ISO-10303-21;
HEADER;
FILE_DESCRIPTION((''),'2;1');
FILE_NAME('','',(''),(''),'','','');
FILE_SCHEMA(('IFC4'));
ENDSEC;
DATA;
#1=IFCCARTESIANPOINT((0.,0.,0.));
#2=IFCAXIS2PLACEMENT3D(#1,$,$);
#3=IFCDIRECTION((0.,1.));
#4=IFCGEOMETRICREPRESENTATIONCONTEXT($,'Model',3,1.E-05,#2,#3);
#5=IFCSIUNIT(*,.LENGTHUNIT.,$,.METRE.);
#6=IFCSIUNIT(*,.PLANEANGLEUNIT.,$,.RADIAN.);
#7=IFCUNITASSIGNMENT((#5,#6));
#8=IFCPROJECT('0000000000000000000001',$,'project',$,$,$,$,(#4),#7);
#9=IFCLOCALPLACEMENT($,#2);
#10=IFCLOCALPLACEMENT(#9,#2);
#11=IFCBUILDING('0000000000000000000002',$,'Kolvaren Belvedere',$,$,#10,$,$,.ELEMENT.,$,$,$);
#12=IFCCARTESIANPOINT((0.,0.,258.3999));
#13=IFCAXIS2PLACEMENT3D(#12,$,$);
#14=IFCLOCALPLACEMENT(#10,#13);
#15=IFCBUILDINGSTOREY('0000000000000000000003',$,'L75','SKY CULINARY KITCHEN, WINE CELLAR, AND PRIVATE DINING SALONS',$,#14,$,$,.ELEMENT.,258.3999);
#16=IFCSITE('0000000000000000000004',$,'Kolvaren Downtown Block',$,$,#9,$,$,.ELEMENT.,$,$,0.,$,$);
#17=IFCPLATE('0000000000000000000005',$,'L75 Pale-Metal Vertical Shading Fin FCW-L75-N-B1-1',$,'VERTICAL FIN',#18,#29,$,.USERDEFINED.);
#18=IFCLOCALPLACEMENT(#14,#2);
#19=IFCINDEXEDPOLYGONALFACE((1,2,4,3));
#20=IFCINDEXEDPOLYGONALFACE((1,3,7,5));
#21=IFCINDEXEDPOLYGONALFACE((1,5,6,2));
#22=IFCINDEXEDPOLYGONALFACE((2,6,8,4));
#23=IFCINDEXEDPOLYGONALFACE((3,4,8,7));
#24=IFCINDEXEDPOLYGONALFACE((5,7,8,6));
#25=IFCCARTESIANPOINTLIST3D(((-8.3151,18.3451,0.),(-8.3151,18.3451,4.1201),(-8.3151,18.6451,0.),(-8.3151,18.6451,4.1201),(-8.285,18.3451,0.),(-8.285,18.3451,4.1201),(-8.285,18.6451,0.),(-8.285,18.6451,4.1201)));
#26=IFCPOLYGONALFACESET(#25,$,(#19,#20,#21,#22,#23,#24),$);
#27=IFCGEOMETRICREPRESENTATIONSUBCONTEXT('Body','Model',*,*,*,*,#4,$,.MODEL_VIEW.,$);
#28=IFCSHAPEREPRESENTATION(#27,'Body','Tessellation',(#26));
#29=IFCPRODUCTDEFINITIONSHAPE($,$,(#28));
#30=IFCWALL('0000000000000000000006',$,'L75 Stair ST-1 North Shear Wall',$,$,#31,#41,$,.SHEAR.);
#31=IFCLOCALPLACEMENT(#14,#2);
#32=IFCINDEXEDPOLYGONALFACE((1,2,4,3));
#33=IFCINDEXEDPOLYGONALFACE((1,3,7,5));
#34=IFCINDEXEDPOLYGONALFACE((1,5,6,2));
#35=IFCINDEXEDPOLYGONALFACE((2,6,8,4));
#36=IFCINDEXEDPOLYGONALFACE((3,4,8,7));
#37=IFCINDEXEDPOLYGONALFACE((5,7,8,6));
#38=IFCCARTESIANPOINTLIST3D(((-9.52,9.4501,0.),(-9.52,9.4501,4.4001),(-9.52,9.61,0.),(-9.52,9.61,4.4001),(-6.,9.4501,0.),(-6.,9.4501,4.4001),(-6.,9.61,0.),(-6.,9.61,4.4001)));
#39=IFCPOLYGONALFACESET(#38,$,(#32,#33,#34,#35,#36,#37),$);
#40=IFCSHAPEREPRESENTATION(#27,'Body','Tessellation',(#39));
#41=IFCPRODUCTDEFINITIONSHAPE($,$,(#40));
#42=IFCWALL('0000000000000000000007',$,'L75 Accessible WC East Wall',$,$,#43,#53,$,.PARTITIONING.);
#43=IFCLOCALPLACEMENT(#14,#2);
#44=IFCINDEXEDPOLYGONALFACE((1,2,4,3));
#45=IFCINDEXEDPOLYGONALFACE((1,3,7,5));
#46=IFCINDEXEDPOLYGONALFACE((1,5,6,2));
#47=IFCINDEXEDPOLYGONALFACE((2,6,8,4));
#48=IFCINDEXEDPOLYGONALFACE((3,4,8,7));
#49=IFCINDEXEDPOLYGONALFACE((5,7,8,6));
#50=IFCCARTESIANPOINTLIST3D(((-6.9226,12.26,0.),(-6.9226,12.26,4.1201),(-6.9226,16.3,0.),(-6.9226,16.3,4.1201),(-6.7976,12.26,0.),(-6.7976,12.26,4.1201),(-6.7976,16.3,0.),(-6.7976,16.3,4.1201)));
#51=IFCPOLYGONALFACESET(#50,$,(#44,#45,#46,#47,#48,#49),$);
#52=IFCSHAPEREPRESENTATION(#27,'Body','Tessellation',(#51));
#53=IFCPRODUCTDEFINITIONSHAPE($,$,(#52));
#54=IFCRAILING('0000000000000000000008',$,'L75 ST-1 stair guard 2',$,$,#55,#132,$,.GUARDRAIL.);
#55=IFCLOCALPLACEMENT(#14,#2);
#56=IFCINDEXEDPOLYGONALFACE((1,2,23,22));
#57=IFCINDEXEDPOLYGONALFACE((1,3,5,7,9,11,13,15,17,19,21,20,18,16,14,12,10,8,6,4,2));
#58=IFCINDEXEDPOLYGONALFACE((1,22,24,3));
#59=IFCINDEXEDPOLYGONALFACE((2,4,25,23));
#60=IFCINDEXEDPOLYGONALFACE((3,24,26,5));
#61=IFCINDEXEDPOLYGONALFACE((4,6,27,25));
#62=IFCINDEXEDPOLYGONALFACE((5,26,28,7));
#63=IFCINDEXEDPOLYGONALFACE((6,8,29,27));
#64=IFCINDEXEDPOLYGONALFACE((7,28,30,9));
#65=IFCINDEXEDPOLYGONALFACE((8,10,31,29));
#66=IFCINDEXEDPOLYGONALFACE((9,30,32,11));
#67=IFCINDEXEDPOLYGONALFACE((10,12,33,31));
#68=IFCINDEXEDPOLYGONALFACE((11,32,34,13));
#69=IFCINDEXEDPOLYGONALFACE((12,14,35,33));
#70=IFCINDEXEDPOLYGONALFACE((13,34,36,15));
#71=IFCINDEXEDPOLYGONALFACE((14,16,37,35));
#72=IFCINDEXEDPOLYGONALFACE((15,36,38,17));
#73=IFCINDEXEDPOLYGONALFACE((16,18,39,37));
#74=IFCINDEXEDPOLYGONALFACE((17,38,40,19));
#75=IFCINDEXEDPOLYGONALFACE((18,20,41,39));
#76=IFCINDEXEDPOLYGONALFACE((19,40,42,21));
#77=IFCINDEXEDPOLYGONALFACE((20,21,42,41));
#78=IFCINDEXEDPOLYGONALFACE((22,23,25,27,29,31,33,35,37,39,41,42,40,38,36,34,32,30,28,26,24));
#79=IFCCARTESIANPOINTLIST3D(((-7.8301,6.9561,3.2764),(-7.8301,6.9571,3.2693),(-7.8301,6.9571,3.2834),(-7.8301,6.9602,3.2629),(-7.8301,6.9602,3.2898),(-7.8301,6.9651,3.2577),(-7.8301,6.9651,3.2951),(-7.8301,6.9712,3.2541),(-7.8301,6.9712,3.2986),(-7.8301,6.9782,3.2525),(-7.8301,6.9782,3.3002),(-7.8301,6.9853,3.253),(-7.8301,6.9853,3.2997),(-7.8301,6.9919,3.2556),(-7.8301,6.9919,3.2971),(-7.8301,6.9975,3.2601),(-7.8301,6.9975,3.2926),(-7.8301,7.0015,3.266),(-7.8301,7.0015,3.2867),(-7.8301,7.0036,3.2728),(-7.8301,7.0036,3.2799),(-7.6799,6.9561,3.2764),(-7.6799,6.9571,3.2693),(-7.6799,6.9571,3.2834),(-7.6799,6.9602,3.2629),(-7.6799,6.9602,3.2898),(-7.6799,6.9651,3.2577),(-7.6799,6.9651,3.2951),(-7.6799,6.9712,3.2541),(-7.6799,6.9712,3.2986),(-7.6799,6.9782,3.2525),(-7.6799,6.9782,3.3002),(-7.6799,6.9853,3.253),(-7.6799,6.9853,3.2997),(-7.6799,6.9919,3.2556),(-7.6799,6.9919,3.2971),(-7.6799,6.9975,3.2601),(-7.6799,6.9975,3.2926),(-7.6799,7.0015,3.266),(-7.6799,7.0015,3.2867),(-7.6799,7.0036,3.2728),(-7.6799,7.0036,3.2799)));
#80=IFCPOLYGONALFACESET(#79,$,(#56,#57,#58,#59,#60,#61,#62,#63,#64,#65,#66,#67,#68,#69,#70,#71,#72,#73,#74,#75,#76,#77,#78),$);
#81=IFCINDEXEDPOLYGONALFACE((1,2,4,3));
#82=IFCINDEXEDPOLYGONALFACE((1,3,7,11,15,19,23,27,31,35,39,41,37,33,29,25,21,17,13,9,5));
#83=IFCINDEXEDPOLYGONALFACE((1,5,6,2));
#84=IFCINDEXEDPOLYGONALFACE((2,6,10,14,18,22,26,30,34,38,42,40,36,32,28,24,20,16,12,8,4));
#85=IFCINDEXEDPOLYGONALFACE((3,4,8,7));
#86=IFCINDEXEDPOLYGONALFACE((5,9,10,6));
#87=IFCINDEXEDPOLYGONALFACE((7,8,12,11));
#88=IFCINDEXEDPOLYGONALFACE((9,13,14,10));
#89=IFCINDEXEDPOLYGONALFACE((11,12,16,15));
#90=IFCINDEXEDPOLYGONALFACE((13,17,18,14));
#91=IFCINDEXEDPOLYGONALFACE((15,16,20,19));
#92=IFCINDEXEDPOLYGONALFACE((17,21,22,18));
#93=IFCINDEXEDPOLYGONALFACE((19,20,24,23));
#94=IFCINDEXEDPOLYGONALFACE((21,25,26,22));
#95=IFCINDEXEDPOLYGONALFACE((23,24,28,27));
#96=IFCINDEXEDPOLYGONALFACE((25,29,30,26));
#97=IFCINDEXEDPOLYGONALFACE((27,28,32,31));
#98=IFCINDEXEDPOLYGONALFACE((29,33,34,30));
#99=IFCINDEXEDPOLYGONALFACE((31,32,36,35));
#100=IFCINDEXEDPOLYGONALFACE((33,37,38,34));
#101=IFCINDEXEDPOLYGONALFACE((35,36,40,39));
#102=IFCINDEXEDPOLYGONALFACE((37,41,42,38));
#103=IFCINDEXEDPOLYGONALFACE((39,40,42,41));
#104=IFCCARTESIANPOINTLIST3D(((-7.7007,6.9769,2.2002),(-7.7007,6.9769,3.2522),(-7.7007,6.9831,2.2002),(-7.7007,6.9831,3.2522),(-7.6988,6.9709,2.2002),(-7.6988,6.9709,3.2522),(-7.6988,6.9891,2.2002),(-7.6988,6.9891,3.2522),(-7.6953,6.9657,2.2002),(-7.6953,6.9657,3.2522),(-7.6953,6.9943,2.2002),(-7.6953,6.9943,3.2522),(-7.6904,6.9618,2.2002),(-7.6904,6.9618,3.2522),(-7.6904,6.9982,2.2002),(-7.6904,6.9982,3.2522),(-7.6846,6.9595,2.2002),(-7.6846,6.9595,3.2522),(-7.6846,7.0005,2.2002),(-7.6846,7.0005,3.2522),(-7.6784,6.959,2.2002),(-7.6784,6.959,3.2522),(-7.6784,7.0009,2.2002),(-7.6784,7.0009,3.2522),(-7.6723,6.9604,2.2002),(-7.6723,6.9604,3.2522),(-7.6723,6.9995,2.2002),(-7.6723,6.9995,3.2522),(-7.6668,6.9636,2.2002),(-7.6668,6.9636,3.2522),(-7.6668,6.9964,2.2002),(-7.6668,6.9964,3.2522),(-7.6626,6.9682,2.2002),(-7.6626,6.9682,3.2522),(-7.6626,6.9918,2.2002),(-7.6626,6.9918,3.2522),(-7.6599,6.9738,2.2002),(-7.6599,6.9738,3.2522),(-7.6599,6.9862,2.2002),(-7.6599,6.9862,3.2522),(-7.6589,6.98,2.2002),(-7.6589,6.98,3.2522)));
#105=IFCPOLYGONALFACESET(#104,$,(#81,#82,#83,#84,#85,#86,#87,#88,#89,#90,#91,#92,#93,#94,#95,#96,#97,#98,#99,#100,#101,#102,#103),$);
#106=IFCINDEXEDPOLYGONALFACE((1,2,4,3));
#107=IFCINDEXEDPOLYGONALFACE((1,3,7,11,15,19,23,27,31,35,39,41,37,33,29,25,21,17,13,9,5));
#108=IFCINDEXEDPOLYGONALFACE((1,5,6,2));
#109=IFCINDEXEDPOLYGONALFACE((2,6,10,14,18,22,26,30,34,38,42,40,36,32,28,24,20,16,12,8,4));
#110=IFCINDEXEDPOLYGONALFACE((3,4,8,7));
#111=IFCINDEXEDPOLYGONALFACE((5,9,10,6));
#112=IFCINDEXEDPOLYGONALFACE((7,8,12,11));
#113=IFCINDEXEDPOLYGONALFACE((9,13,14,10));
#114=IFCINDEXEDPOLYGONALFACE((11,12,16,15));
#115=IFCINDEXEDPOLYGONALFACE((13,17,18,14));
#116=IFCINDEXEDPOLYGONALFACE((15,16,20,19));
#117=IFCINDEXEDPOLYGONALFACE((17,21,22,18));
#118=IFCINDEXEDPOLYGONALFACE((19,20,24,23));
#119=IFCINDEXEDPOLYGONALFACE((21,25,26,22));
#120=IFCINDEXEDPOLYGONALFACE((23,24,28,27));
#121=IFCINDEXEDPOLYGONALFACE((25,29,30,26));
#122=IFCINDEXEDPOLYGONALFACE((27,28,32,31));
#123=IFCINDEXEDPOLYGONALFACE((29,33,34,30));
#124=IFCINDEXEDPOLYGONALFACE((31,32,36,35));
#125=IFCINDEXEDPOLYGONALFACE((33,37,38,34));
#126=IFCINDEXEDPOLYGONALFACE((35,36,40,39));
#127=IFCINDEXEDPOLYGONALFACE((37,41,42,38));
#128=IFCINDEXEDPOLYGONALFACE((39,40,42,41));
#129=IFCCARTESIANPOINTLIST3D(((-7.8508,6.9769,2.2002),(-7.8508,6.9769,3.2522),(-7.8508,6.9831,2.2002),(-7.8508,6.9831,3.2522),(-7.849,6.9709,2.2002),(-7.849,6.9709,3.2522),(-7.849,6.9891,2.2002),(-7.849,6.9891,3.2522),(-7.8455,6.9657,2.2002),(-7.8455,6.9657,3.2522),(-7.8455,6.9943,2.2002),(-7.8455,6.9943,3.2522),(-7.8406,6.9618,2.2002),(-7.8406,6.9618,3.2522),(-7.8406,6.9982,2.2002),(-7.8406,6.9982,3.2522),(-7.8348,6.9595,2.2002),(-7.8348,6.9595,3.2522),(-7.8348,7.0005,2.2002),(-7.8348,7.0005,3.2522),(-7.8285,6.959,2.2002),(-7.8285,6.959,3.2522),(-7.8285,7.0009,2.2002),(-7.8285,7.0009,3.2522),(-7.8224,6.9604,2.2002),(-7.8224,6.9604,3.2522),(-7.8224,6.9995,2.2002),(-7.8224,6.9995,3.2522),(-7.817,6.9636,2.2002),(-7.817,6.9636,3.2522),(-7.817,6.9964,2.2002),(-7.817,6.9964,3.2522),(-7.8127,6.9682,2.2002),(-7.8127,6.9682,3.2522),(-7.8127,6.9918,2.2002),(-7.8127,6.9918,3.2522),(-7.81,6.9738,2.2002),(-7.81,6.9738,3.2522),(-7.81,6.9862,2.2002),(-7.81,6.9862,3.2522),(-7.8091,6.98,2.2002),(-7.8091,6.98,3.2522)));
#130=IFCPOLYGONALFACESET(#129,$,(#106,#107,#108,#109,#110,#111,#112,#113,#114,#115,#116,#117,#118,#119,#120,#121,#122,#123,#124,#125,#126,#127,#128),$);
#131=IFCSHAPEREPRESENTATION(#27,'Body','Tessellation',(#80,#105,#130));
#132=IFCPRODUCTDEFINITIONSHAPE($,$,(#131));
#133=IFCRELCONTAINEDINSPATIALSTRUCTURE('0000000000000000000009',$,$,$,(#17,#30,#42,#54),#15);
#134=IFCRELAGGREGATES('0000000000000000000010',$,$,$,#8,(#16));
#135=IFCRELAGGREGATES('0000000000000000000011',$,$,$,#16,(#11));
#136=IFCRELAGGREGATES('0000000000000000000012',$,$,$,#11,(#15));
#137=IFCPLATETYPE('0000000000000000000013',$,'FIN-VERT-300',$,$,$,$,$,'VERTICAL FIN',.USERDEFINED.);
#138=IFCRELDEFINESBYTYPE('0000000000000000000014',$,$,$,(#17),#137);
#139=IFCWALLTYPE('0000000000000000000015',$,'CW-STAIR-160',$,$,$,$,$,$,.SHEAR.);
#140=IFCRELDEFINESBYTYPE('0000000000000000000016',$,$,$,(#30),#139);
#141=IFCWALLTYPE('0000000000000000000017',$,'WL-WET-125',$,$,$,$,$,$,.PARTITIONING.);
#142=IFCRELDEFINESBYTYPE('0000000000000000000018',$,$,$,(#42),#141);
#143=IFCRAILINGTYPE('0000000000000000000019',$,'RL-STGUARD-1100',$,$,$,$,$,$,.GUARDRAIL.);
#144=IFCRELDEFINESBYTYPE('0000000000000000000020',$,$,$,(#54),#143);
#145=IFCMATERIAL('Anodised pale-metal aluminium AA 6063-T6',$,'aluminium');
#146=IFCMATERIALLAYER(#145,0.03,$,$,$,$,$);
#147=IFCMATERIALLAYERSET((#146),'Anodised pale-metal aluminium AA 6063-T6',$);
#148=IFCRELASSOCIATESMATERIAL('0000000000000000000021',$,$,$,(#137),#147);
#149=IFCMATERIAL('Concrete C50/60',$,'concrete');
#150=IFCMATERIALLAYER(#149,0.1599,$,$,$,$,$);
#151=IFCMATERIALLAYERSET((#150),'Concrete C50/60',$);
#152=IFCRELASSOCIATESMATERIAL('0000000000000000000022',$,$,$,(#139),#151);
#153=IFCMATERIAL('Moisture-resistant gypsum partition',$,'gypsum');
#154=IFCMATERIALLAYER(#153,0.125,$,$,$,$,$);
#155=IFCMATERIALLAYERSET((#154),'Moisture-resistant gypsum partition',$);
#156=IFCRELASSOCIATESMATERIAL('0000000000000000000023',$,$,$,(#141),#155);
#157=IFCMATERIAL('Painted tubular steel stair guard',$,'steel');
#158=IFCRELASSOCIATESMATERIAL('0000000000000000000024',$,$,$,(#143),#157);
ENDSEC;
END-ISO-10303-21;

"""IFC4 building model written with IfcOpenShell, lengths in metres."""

from ifc_helpers import new_model, si_unit, direction, frame, frame_2d, origin, origin_2d, place, context, subcontext, project, spatial, rectangle, circle, extrude, material, layer, layer_set, type_object, element, save


model = new_model("IFC4")

# Units and contexts
model_context = context("Model", 3, precision=1e-05, world=origin(), true_north=direction((0.0, 1.0)))
body_context = subcontext(model_context, "Body", "Model", "MODEL_VIEW")
ifc_project = project(units=[si_unit("LENGTHUNIT", "METRE"), si_unit("PLANEANGLEUNIT", "RADIAN")], contexts=[model_context])

# Site, building, storey
site_placement = place(None, origin())
site = spatial("IfcSite", under=ifc_project, at=site_placement, Name="Kolvaren Downtown Block", CompositionType="ELEMENT", RefElevation=0.0)
building_placement = place(site_placement, origin())
building = spatial("IfcBuilding", under=site, at=building_placement, Name="Kolvaren Belvedere", CompositionType="ELEMENT")
storey_placement = place(building_placement, frame((0.0, 0.0, 258.3999)))
storey = spatial("IfcBuildingStorey", under=building, at=storey_placement, Name="L75", Description="SKY CULINARY KITCHEN, WINE CELLAR, AND PRIVATE DINING SALONS", CompositionType="ELEMENT", Elevation=258.3999)

# Plate
ifc_material_1 = material(Name="Anodised pale-metal aluminium AA 6063-T6", Category="aluminium")
ifc_layer_1 = layer(ifc_material_1, 0.03)
ifc_layer_set_1 = layer_set([ifc_layer_1], Name="Anodised pale-metal aluminium AA 6063-T6")
plate_type_1 = type_object("IfcPlateType", Name="FIN-VERT-300", ElementType="VERTICAL FIN", PredefinedType="USERDEFINED", material=ifc_layer_set_1)
plate_1_placement = place(storey_placement, frame((-8.3, 18.4951, 0.0), z_axis=(0.0, 0.0, 1.0), x_axis=(0.0, 1.0, 0.0)))
element("IfcPlate", 1, at=plate_1_placement, inside=storey, type_object=plate_type_1, Name="L75 Pale-Metal Vertical Shading Fin FCW-L75-N-B1-1", ObjectType="VERTICAL FIN", PredefinedType="USERDEFINED", context=body_context, shape_type="SweptSolid", body=[
    extrude(rectangle(XDim=0.3, YDim=0.03, at=origin_2d()), origin(), (0.0, 0.0, 1.0), 4.1201),
])

# Walls
ifc_material_2 = material(Name="Concrete C50/60", Category="concrete")
ifc_layer_2 = layer(ifc_material_2, 0.1599)
ifc_layer_set_2 = layer_set([ifc_layer_2], Name="Concrete C50/60")
wall_type_1 = type_object("IfcWallType", Name="CW-STAIR-160", PredefinedType="SHEAR", material=ifc_layer_set_2)
wall_1_placement = place(storey_placement, frame((-9.52, 9.53, 0.0), z_axis=(0.0, 0.0, 1.0), x_axis=(1.0, 0.0, 0.0)))
element("IfcWall", 2, at=wall_1_placement, inside=storey, type_object=wall_type_1, Name="L75 Stair ST-1 North Shear Wall", PredefinedType="SHEAR", context=body_context, shape_type="SweptSolid", body=[
    extrude(rectangle(XDim=3.52, YDim=0.1599, at=frame_2d((1.76, 0.0))), origin(), (0.0, 0.0, 1.0), 4.4001),
])
ifc_material_3 = material(Name="Moisture-resistant gypsum partition", Category="gypsum")
ifc_layer_3 = layer(ifc_material_3, 0.125)
ifc_layer_set_3 = layer_set([ifc_layer_3], Name="Moisture-resistant gypsum partition")
wall_type_2 = type_object("IfcWallType", Name="WL-WET-125", PredefinedType="PARTITIONING", material=ifc_layer_set_3)
wall_2_placement = place(storey_placement, frame((-6.8601, 12.26, 0.0), z_axis=(0.0, 0.0, 1.0), x_axis=(0.0, 1.0, 0.0)))
element("IfcWall", 3, at=wall_2_placement, inside=storey, type_object=wall_type_2, Name="L75 Accessible WC East Wall", PredefinedType="PARTITIONING", context=body_context, shape_type="SweptSolid", body=[
    extrude(rectangle(XDim=4.04, YDim=0.125, at=frame_2d((2.02, 0.0))), origin(), (0.0, 0.0, 1.0), 4.1201),
])

# Railing
ifc_material_4 = material(Name="Painted tubular steel stair guard", Category="steel")
railing_type = type_object("IfcRailingType", Name="RL-STGUARD-1100", PredefinedType="GUARDRAIL", material=ifc_material_4)
railing_placement = place(storey_placement, frame((-7.6799, 6.98, 2.2002)))
element("IfcRailing", 4, at=railing_placement, inside=storey, type_object=railing_type, Name="L75 ST-1 stair guard 2", PredefinedType="GUARDRAIL", context=body_context, shape_type="SweptSolid", body=[
    extrude(circle(Radius=0.0239, at=origin_2d()), frame((0.0, 0.0, 1.0762), z_axis=(-1.0, 0.0, 0.0), x_axis=(0.0, -1.0, 0.0)), (0.0, 0.0, 1.0), 0.1501),
    extrude(circle(Radius=0.021, at=origin_2d()), origin(), (0.0, 0.0, 1.0), 1.052),
    extrude(circle(Radius=0.021, at=origin_2d()), frame((-0.1501, 0.0, 0.0)), (0.0, 0.0, 1.0), 1.052),
])

save(model, "model.ifc")
